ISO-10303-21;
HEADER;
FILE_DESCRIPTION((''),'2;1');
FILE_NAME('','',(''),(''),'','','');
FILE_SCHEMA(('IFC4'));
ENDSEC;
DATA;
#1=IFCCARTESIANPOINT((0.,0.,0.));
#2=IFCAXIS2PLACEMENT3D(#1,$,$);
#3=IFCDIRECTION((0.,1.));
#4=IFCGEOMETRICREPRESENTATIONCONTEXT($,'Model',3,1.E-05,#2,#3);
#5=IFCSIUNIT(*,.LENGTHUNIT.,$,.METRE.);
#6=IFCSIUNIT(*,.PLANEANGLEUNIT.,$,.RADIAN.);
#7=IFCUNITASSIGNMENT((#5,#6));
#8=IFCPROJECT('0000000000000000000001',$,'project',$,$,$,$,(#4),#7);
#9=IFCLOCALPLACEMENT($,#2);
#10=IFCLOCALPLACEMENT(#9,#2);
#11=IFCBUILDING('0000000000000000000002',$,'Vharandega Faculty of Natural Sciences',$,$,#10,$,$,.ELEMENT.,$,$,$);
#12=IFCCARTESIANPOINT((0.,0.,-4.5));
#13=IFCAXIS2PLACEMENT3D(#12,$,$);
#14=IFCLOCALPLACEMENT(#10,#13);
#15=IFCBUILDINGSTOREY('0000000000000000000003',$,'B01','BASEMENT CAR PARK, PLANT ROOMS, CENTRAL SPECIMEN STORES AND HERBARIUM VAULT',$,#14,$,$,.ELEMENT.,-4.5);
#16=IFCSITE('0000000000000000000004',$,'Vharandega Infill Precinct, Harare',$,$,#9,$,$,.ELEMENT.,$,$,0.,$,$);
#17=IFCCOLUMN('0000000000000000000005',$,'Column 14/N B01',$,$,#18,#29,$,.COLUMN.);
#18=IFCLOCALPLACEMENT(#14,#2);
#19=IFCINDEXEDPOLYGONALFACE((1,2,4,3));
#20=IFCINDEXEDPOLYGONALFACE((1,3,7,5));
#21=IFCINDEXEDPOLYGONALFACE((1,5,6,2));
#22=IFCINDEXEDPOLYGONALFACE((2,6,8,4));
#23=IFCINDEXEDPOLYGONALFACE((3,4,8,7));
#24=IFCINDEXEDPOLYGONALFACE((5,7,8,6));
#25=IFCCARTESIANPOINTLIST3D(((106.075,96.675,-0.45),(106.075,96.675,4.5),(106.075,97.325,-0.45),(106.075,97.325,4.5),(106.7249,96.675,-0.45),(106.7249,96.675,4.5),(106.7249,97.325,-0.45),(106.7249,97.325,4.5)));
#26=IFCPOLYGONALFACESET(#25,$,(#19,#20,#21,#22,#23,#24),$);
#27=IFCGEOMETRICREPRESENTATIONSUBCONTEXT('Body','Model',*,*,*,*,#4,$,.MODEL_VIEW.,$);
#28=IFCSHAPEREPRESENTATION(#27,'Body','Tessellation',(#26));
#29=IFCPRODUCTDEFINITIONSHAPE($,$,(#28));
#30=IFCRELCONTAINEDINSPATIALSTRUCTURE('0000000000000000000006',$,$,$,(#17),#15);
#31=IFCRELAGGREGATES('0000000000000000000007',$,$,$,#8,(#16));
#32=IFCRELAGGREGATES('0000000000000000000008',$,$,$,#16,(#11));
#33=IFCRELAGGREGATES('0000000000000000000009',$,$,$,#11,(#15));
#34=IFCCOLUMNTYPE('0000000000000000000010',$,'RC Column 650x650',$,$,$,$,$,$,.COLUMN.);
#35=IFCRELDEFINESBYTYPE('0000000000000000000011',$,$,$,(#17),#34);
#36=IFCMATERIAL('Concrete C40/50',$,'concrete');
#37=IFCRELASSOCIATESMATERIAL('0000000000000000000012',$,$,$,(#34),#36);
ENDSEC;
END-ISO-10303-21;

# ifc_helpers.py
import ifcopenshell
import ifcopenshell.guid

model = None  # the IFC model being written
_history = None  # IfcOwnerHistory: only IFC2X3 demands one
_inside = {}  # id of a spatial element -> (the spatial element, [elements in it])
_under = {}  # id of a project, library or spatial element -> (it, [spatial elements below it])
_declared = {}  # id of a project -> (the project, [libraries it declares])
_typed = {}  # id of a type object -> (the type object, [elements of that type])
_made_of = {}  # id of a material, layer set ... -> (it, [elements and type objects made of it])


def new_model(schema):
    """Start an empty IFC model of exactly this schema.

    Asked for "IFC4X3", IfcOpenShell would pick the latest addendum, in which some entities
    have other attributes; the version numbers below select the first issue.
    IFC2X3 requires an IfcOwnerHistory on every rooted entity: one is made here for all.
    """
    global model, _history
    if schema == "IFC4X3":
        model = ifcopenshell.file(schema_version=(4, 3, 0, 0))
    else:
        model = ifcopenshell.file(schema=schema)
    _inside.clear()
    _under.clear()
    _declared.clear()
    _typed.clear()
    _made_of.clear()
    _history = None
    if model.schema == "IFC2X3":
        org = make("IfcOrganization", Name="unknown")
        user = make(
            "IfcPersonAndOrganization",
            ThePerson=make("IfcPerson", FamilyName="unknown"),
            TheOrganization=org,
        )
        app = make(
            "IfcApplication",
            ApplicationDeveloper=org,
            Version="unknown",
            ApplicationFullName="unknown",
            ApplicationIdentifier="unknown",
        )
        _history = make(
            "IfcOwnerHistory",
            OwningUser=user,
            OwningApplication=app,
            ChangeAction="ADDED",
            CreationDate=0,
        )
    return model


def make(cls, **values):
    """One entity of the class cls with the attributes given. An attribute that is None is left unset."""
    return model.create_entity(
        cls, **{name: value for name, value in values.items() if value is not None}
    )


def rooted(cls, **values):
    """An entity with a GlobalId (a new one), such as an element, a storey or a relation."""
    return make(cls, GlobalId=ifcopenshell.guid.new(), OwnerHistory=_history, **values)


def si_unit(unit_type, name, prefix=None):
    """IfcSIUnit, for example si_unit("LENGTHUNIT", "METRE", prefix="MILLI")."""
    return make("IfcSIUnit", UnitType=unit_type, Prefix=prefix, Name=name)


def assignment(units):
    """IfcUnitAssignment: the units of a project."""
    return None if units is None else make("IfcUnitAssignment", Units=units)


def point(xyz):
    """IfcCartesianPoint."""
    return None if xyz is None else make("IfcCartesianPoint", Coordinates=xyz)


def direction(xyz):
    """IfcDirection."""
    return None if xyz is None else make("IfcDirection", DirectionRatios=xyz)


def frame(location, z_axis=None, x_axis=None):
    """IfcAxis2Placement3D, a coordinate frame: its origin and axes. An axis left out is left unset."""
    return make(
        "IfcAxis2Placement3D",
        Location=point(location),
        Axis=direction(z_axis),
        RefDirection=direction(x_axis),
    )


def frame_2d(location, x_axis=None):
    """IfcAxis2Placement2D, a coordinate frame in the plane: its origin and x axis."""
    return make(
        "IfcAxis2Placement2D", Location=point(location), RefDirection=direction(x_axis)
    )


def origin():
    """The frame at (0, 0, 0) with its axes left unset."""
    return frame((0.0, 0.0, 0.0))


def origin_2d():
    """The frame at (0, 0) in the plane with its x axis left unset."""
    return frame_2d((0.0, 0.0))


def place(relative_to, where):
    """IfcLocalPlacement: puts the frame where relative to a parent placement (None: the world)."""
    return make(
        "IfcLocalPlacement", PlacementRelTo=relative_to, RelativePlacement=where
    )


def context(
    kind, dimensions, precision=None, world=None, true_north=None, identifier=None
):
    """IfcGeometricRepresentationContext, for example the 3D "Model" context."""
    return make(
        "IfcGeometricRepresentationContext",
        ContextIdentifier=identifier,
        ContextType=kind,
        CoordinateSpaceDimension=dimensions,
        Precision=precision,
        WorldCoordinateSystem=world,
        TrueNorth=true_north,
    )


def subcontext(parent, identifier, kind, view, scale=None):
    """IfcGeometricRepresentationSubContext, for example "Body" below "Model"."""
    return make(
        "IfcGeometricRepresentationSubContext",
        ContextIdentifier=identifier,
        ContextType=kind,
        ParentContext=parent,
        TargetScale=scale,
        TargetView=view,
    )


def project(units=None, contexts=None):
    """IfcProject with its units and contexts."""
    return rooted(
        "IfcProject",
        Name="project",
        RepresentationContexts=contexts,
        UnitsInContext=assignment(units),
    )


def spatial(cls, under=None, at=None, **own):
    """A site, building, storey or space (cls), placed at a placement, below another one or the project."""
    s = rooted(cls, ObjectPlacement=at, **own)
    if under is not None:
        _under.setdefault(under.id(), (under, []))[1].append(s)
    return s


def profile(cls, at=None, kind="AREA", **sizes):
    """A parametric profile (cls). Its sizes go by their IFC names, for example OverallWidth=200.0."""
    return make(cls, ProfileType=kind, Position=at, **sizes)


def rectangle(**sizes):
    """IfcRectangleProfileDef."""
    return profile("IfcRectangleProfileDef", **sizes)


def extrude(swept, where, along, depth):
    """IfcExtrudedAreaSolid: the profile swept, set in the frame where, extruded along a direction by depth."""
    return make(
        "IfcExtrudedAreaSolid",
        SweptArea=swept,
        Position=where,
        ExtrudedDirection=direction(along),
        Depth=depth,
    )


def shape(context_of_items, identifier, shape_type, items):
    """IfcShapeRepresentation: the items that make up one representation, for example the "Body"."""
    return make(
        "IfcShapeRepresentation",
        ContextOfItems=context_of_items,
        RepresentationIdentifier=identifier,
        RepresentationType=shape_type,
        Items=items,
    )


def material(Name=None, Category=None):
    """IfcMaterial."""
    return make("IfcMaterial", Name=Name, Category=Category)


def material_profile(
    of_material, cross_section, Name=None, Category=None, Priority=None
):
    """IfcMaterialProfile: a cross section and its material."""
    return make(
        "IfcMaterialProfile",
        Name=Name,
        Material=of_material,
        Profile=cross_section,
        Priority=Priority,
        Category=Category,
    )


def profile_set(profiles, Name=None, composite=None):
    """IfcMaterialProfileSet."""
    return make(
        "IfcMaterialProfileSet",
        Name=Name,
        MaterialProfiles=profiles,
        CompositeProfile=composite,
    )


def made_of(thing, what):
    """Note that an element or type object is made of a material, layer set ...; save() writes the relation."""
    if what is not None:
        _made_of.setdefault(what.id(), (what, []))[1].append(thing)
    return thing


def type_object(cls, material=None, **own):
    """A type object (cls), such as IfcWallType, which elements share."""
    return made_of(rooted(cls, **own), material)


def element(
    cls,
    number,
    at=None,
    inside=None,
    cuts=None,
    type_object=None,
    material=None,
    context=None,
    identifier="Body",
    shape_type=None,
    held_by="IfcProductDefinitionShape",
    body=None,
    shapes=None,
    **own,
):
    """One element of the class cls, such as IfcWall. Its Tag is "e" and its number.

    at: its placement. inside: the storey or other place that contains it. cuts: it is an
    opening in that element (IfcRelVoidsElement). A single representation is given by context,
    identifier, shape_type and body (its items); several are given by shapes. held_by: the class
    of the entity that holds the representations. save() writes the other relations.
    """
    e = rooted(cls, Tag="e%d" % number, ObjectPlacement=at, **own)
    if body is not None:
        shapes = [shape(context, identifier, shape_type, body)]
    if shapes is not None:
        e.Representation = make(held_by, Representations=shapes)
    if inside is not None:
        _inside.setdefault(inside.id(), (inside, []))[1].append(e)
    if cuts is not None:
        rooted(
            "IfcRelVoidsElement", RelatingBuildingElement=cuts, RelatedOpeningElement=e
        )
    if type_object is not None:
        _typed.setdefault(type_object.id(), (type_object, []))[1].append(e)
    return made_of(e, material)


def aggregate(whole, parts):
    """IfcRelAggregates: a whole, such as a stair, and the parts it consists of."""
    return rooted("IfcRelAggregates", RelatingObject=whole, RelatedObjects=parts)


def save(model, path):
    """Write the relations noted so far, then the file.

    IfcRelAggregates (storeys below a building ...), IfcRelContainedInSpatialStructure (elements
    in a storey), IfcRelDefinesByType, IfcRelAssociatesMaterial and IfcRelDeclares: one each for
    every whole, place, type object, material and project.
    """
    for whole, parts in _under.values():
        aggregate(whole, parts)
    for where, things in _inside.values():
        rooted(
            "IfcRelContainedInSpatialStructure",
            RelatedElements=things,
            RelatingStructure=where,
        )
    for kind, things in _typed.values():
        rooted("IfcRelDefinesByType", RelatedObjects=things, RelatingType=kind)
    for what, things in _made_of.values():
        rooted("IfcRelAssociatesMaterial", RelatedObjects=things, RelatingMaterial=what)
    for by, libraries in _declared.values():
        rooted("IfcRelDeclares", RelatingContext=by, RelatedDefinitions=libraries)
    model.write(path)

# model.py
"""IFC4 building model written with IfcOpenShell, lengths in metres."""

from ifc_helpers import new_model, si_unit, direction, frame, origin, origin_2d, place, context, subcontext, project, spatial, rectangle, extrude, material, material_profile, profile_set, type_object, element, save


model = new_model("IFC4")

# Units and contexts
model_context = context("Model", 3, precision=1e-05, world=origin(), true_north=direction((0.0, 1.0)))
body_context = subcontext(model_context, "Body", "Model", "MODEL_VIEW")
ifc_project = project(units=[si_unit("LENGTHUNIT", "METRE"), si_unit("PLANEANGLEUNIT", "RADIAN")], contexts=[model_context])

# Site, building, storey
site_placement = place(None, origin())
site = spatial("IfcSite", under=ifc_project, at=site_placement, Name="Vharandega Infill Precinct, Harare", CompositionType="ELEMENT", RefElevation=0.0)
building_placement = place(site_placement, origin())
building = spatial("IfcBuilding", under=site, at=building_placement, Name="Vharandega Faculty of Natural Sciences", CompositionType="ELEMENT")
storey_placement = place(building_placement, frame((0.0, 0.0, -4.5)))
storey = spatial("IfcBuildingStorey", under=building, at=storey_placement, Name="B01", Description="BASEMENT CAR PARK, PLANT ROOMS, CENTRAL SPECIMEN STORES AND HERBARIUM VAULT", CompositionType="ELEMENT", Elevation=-4.5)

# Column
ifc_material_1 = material(Name="Concrete C40/50", Category="concrete")
ifc_material_profile_1 = material_profile(ifc_material_1, rectangle(XDim=0.6499, YDim=0.6499, at=origin_2d()), Name="RC 650x650")
ifc_profile_set_1 = profile_set([ifc_material_profile_1], Name="Concrete C40/50")
column_type = type_object("IfcColumnType", Name="RC Column 650x650", PredefinedType="COLUMN", material=ifc_profile_set_1)
for number, where, z_axis, x_axis, name in (
    (1, (106.3999, 97.0, -0.45), (0.0, 0.0, 1.0), (1.0, 0.0, 0.0), "Column 14/N B01"),
):
    element("IfcColumn", number, at=place(storey_placement, frame(where, z_axis=z_axis, x_axis=x_axis)), inside=storey, type_object=column_type, Name=name, PredefinedType="COLUMN", context=body_context, shape_type="SweptSolid", body=[
        extrude(rectangle(XDim=0.6499, YDim=0.6499, at=origin_2d()), origin(), (0.0, 0.0, 1.0), 4.95),
    ])

save(model, "model.ifc")
